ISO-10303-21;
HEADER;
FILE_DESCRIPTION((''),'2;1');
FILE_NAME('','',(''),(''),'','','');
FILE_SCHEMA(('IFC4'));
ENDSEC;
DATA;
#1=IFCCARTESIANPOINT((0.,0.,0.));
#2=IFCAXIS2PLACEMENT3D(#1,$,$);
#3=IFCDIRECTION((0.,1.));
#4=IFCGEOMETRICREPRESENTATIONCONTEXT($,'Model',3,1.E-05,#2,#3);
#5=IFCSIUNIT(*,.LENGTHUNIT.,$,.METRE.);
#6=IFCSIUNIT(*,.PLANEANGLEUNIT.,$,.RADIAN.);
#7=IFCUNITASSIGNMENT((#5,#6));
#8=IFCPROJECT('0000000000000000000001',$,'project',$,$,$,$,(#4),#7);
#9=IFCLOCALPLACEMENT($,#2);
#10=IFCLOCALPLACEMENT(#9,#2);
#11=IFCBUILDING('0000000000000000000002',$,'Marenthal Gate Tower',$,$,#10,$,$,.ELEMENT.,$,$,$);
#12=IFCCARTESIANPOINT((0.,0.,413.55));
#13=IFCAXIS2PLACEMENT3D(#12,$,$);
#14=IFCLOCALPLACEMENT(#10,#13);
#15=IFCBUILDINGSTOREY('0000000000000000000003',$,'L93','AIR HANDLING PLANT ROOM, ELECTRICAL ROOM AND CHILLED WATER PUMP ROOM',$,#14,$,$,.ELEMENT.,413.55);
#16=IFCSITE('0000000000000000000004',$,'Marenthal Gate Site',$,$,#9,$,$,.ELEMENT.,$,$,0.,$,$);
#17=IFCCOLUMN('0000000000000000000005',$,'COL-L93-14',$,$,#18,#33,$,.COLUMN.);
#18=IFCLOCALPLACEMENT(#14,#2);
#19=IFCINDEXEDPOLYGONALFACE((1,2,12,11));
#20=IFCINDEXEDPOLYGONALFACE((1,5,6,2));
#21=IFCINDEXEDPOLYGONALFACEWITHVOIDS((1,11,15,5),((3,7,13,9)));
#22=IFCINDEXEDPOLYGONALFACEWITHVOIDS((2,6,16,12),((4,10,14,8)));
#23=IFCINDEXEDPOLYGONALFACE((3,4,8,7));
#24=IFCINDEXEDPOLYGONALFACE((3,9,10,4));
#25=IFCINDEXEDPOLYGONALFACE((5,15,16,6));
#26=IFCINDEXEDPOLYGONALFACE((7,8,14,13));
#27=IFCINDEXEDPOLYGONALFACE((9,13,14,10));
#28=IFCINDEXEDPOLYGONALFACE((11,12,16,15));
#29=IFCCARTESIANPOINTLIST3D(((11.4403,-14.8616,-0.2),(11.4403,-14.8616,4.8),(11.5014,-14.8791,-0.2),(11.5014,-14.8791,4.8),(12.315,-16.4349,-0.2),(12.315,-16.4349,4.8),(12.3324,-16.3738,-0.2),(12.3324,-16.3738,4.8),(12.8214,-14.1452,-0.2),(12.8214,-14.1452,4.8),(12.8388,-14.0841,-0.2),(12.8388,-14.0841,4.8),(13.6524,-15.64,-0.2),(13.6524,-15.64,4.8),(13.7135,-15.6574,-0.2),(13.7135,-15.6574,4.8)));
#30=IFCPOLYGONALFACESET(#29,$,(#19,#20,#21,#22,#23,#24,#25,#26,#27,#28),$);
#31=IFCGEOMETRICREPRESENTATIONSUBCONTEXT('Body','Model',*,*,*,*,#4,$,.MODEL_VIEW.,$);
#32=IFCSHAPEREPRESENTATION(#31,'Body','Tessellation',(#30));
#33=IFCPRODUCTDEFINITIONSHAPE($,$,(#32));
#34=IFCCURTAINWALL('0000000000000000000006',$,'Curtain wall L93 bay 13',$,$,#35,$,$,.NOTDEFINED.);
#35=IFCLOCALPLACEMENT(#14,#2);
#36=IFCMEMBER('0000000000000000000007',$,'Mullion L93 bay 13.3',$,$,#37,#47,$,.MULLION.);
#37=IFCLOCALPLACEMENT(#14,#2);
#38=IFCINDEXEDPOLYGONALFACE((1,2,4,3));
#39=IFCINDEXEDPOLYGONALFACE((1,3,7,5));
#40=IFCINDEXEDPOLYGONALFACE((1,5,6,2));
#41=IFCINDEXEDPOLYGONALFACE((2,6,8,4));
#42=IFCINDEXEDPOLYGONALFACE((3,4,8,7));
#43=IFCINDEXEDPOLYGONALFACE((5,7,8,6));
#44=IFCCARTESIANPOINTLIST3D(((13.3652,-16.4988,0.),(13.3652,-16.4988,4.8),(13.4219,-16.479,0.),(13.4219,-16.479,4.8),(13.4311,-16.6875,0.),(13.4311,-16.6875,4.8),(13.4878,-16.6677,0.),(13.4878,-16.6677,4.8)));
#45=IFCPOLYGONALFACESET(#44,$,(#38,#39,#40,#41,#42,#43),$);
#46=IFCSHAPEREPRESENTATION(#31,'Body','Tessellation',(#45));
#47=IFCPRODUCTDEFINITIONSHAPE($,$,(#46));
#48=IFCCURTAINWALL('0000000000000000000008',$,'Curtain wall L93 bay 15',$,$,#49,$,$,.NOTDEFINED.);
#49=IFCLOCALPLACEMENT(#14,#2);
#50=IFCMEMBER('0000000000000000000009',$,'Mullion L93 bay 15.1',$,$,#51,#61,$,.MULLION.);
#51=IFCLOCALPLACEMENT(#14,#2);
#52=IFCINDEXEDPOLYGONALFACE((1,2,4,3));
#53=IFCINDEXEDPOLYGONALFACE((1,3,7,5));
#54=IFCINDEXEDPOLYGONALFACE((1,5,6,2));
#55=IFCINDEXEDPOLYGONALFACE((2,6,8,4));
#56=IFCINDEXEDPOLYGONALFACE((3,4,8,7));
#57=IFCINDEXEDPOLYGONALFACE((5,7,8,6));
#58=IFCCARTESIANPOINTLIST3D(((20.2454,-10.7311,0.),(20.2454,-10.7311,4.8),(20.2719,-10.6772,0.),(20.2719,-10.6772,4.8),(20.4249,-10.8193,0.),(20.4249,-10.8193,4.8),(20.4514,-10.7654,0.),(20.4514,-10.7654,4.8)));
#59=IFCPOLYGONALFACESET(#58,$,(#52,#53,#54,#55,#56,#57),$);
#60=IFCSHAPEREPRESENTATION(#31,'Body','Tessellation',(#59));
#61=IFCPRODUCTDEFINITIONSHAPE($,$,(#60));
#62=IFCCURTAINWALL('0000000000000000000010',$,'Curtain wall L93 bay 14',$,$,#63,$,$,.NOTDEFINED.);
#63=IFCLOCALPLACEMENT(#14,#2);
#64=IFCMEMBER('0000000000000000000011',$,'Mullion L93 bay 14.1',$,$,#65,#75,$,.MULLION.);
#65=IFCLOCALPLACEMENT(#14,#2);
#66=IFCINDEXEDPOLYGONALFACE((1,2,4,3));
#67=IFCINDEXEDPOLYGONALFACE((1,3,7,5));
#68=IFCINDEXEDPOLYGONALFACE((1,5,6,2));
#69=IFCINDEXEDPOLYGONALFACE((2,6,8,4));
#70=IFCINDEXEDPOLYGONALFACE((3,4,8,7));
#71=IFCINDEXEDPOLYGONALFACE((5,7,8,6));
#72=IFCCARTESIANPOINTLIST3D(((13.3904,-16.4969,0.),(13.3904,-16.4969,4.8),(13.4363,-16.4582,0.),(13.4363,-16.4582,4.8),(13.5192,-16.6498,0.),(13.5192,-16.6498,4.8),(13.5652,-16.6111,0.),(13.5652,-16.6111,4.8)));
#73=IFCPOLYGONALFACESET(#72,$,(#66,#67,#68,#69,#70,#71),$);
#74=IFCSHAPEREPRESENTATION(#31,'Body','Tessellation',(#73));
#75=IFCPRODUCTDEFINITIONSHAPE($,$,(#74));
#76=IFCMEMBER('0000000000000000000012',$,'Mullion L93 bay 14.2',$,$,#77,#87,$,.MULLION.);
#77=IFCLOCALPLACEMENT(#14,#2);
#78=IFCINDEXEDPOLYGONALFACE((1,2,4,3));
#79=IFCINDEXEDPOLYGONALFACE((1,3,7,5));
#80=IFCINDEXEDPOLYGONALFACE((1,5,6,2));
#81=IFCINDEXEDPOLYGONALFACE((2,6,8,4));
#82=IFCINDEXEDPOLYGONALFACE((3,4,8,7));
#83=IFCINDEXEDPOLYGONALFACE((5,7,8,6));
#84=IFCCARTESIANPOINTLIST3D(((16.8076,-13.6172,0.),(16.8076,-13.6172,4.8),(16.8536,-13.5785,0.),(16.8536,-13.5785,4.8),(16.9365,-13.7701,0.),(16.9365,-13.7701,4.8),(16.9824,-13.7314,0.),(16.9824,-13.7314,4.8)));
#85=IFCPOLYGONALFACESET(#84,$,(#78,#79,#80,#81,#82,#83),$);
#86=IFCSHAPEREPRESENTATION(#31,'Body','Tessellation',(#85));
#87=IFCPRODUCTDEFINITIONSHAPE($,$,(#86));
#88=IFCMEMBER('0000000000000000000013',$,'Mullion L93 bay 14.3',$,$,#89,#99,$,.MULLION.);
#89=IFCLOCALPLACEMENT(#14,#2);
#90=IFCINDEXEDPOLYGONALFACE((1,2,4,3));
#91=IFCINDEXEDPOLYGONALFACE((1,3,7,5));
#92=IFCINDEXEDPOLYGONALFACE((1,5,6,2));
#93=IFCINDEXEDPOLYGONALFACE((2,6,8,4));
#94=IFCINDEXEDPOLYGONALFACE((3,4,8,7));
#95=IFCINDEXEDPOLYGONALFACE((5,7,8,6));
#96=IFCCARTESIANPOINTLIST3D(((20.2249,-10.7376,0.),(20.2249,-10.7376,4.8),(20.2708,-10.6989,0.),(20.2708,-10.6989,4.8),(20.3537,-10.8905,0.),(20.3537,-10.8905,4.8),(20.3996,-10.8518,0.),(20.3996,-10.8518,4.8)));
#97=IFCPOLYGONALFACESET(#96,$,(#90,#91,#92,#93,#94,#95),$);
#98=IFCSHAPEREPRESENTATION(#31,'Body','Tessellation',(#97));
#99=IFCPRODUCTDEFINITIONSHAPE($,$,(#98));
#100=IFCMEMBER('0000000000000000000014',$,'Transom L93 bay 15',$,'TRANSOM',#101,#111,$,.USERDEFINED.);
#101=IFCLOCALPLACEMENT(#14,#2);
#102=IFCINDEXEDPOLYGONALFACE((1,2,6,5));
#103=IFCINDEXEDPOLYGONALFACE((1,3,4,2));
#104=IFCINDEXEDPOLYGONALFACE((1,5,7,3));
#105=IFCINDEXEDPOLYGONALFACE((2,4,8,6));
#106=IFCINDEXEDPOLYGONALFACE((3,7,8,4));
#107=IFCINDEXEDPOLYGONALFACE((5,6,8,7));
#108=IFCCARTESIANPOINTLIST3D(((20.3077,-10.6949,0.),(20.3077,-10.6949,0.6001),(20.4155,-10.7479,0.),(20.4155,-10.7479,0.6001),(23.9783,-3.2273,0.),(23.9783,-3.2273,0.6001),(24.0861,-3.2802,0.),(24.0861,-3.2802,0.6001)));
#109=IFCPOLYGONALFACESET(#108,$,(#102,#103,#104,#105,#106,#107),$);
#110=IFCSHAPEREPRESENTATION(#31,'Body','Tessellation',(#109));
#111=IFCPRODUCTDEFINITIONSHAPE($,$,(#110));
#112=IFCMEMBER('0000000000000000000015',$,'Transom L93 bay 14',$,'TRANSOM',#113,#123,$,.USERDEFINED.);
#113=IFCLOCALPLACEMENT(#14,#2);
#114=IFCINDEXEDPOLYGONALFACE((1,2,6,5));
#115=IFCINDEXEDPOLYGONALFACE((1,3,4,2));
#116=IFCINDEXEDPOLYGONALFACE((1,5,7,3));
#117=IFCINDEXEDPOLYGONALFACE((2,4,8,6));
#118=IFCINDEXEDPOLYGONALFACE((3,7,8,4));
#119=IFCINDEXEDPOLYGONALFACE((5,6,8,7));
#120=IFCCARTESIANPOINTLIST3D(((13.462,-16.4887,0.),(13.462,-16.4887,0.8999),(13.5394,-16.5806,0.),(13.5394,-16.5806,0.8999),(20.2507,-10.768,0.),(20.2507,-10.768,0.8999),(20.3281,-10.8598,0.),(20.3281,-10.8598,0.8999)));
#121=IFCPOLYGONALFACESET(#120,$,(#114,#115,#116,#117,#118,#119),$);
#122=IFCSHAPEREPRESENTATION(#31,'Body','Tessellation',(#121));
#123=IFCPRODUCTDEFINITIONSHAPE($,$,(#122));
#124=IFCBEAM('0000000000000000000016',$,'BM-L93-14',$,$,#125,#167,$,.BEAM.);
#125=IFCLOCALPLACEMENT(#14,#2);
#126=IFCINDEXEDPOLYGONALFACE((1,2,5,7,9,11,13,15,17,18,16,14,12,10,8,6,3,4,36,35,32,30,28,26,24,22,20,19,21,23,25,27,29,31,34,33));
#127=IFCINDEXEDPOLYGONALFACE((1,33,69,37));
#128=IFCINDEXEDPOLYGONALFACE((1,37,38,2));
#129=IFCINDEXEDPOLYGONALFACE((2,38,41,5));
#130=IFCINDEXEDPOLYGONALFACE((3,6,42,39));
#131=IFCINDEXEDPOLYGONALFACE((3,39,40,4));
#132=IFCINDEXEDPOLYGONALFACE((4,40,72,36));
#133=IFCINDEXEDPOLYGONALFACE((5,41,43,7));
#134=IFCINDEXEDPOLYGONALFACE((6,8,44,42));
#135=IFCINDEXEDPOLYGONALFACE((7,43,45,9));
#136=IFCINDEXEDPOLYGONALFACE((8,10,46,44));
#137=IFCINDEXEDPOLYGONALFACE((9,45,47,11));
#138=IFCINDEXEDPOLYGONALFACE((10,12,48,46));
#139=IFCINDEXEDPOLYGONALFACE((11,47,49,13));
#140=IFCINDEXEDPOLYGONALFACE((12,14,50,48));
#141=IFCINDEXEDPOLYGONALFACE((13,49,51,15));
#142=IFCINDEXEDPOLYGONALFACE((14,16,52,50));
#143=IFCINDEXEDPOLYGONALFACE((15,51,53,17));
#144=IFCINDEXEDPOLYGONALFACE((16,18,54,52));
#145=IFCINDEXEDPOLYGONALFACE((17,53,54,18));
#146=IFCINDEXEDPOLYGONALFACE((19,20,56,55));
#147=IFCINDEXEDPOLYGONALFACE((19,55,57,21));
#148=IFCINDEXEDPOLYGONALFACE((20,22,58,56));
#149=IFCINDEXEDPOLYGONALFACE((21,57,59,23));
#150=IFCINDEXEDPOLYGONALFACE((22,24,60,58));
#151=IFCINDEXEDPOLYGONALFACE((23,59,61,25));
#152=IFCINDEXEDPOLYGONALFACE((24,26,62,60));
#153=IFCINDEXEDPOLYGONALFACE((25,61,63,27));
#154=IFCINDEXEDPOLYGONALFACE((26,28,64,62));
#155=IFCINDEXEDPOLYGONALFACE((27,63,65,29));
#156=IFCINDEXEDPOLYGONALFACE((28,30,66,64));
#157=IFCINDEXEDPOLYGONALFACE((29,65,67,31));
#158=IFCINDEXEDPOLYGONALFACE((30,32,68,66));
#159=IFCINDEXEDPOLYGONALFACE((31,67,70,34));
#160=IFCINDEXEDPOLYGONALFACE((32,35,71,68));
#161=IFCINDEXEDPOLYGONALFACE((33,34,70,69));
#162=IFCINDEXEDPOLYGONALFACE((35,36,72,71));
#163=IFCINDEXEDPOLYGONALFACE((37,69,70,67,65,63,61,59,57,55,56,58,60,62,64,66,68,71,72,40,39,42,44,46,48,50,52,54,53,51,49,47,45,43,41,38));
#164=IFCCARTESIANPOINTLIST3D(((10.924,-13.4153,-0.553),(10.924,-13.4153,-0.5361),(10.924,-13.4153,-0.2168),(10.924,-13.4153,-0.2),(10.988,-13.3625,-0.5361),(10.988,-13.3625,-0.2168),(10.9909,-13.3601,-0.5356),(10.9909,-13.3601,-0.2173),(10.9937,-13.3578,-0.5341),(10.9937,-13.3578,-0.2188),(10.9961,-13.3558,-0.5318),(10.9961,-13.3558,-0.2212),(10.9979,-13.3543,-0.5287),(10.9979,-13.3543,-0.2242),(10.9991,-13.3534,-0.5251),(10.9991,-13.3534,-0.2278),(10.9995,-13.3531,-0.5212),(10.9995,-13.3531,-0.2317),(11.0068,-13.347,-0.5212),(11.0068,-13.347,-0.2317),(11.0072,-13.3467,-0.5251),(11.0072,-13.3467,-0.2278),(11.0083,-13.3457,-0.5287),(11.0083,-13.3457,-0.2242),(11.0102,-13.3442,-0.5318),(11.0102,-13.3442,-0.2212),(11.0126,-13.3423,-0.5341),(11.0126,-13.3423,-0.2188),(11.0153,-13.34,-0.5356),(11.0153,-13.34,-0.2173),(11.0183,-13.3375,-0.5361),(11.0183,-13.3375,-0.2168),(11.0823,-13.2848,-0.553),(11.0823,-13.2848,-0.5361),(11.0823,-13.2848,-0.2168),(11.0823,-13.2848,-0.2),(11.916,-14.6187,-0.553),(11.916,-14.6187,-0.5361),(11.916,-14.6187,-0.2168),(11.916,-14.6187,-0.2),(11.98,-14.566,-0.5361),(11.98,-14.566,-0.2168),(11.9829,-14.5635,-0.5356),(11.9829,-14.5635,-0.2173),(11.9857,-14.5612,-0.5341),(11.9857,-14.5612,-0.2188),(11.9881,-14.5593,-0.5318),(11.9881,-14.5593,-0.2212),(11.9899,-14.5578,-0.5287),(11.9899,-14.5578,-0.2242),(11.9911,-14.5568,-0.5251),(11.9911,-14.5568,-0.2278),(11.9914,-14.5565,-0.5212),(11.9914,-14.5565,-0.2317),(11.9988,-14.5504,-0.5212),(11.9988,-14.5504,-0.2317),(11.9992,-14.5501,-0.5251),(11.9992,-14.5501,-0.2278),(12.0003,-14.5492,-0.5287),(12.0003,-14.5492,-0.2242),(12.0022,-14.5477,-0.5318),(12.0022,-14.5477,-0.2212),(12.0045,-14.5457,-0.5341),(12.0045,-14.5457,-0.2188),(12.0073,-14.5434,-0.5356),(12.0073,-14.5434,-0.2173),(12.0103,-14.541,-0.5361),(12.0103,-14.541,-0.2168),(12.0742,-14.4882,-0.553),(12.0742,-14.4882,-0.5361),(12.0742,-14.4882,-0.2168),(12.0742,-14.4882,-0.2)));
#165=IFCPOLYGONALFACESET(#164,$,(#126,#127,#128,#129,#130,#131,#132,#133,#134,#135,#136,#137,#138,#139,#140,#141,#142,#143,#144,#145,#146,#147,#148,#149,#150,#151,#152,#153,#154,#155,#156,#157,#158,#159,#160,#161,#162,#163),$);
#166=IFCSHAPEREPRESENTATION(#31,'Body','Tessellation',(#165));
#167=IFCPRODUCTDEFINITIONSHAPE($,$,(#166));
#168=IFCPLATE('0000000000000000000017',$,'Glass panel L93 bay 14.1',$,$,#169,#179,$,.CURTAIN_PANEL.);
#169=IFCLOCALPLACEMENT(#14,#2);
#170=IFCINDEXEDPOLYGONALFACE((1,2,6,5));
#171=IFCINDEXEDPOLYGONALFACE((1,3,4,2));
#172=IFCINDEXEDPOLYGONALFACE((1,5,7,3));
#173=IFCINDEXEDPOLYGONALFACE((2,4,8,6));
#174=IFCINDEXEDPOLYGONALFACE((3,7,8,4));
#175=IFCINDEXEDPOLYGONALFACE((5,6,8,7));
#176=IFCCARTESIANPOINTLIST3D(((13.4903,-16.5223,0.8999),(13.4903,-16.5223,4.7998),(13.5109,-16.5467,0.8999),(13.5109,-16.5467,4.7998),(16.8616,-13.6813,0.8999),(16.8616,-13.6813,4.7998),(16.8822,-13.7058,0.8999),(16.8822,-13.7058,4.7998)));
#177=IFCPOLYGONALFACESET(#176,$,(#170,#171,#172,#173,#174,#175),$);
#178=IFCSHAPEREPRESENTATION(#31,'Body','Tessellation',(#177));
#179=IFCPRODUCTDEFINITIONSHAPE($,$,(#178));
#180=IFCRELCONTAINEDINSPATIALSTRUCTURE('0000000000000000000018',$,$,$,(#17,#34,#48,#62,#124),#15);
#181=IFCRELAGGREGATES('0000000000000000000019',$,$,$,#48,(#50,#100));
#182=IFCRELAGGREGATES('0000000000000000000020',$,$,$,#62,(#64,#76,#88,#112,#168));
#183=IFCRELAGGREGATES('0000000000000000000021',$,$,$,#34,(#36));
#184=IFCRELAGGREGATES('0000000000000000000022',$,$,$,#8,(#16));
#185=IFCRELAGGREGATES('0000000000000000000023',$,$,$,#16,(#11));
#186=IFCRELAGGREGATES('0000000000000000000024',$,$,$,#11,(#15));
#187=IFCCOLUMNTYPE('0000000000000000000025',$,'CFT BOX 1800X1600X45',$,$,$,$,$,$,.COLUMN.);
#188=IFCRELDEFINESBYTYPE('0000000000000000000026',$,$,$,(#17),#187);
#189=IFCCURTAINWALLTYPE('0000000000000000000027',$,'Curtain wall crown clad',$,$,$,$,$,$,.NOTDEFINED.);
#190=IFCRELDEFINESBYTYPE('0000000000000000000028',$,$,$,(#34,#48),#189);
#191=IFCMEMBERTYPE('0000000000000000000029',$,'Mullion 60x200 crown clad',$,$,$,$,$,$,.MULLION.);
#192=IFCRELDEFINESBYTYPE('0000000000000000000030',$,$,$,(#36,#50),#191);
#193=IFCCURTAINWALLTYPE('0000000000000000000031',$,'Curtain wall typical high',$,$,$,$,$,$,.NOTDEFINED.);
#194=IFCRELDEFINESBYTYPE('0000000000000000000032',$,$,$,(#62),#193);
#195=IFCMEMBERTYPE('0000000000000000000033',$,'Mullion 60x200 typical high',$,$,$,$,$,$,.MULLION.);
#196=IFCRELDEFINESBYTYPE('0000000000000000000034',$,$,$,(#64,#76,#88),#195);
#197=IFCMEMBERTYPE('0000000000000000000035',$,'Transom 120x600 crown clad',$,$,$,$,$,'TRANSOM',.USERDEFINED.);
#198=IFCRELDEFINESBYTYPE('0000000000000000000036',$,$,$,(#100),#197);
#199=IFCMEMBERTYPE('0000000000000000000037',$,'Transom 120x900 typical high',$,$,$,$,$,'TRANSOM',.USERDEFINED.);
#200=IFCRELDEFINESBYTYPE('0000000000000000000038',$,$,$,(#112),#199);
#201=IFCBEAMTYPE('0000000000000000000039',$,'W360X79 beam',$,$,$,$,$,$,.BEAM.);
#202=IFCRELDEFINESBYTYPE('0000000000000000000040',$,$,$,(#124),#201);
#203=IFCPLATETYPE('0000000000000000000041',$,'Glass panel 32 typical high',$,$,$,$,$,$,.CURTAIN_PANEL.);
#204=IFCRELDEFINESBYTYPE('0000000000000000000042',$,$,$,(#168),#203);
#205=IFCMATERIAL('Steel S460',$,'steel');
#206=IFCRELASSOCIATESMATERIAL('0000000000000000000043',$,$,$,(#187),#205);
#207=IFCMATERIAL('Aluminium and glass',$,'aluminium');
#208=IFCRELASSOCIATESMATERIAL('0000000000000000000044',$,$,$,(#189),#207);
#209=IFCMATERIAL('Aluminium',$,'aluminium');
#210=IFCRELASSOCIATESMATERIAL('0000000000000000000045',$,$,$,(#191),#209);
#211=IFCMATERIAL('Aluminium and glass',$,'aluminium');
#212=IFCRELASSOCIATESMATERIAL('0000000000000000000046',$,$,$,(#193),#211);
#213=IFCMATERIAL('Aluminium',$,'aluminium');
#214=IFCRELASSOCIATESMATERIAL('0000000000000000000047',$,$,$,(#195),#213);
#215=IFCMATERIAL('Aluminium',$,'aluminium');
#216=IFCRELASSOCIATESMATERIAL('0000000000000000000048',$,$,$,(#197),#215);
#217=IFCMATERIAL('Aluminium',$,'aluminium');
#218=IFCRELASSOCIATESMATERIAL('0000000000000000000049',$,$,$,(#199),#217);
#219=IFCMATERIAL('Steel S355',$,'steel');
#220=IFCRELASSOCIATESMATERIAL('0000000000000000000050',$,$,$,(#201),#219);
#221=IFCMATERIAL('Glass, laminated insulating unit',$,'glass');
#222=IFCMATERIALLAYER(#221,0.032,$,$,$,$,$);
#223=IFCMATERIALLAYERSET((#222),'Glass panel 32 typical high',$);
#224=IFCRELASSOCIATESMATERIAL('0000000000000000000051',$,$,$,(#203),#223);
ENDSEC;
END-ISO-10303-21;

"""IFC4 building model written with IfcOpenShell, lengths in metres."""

from ifc_helpers import new_model, si_unit, direction, frame, origin, origin_2d, place, context, subcontext, project, spatial, rectangle, hollow_rectangle, i_section, extrude, material, layer, layer_set, material_profile, profile_set, type_object, element, aggregate, save


model = new_model("IFC4")

# Units and contexts
model_context = context("Model", 3, precision=1e-05, world=origin(), true_north=direction((0.0, 1.0)))
body_context = subcontext(model_context, "Body", "Model", "MODEL_VIEW")
ifc_project = project(units=[si_unit("LENGTHUNIT", "METRE"), si_unit("PLANEANGLEUNIT", "RADIAN")], contexts=[model_context])

# Site, building, storey
site_placement = place(None, origin())
site = spatial("IfcSite", under=ifc_project, at=site_placement, Name="Marenthal Gate Site", CompositionType="ELEMENT", RefElevation=0.0)
building_placement = place(site_placement, origin())
building = spatial("IfcBuilding", under=site, at=building_placement, Name="Marenthal Gate Tower", CompositionType="ELEMENT")
storey_placement = place(building_placement, frame((0.0, 0.0, 413.55)))
storey = spatial("IfcBuildingStorey", under=building, at=storey_placement, Name="L93", Description="AIR HANDLING PLANT ROOM, ELECTRICAL ROOM AND CHILLED WATER PUMP ROOM", CompositionType="ELEMENT", Elevation=413.55)

# Column
ifc_material_1 = material(Name="Steel S460", Category="steel")
ifc_material_profile_1 = material_profile(ifc_material_1, hollow_rectangle(XDim=1.6001, YDim=1.8, WallThickness=0.0449, at=origin_2d()), Name="CFT BOX 1800X1600X45")
ifc_material_2 = material(Name="Concrete 70 MPa", Category="concrete")
ifc_material_profile_2 = material_profile(ifc_material_2, rectangle(XDim=1.51, YDim=1.71, at=origin_2d()), Name="CFT BOX 1800X1600X45 INFILL")
ifc_profile_set_1 = profile_set([ifc_material_profile_1, ifc_material_profile_2], Name="Steel S460 shell, Concrete 70 MPa infill")
column_type = type_object("IfcColumnType", Name="CFT BOX 1800X1600X45", PredefinedType="COLUMN", material=ifc_profile_set_1)
column_placement = place(storey_placement, frame((12.5769, -15.2595, -0.2), z_axis=(0.0, 0.0, 1.0), x_axis=(-0.874008, -0.485911, 0.0)))
element("IfcColumn", 1, at=column_placement, inside=storey, type_object=column_type, Name="COL-L93-14", PredefinedType="COLUMN", context=body_context, shape_type="SweptSolid", body=[
    extrude(hollow_rectangle(XDim=1.6001, YDim=1.8, WallThickness=0.0449, at=origin_2d()), origin(), (0.0, 0.0, 1.0), 5.0),
])

# Curtain walls, members
ifc_material_3 = material(Name="Aluminium and glass", Category="aluminium")
curtain_wall_type_1 = type_object("IfcCurtainWallType", Name="Curtain wall crown clad", PredefinedType="NOTDEFINED", material=ifc_material_3)
curtain_wall_1_placement = place(storey_placement, origin())
curtain_wall_1 = element("IfcCurtainWall", 2, at=curtain_wall_1_placement, inside=storey, type_object=curtain_wall_type_1, Name="Curtain wall L93 bay 13", PredefinedType="NOTDEFINED")
ifc_material_4 = material(Name="Aluminium", Category="aluminium")
ifc_material_profile_3 = material_profile(ifc_material_4, rectangle(XDim=0.2, YDim=0.0601, at=origin_2d()), Name="60x200 aluminium mullion")
ifc_profile_set_2 = profile_set([ifc_material_profile_3], Name="Aluminium")
member_type_1 = type_object("IfcMemberType", Name="Mullion 60x200 crown clad", PredefinedType="MULLION", material=ifc_profile_set_2)
member_1_placement = place(storey_placement, frame((13.4265, -16.5833, 0.0), z_axis=(0.0, 0.0, 1.0), x_axis=(-0.329559, 0.944135, 0.0)))
member_1 = element("IfcMember", 3, at=member_1_placement, type_object=member_type_1, Name="Mullion L93 bay 13.3", PredefinedType="MULLION", context=body_context, shape_type="SweptSolid", body=[
    extrude(rectangle(XDim=0.2, YDim=0.0601, at=origin_2d()), origin(), (0.0, 0.0, 1.0), 4.8),
])
curtain_wall_2_placement = place(storey_placement, origin())
curtain_wall_2 = element("IfcCurtainWall", 4, at=curtain_wall_2_placement, inside=storey, type_object=curtain_wall_type_1, Name="Curtain wall L93 bay 15", PredefinedType="NOTDEFINED")
member_2_placement = place(storey_placement, frame((20.3484, -10.7483, 0.0), z_axis=(0.0, 0.0, 1.0), x_axis=(-0.897446, 0.441124, 0.0)))
member_2 = element("IfcMember", 5, at=member_2_placement, type_object=member_type_1, Name="Mullion L93 bay 15.1", PredefinedType="MULLION", context=body_context, shape_type="SweptSolid", body=[
    extrude(rectangle(XDim=0.2, YDim=0.0601, at=origin_2d()), origin(), (0.0, 0.0, 1.0), 4.8),
])

# Curtain wall, members
ifc_material_5 = material(Name="Aluminium and glass", Category="aluminium")
curtain_wall_type_2 = type_object("IfcCurtainWallType", Name="Curtain wall typical high", PredefinedType="NOTDEFINED", material=ifc_material_5)
curtain_wall_3_placement = place(storey_placement, origin())
curtain_wall_3 = element("IfcCurtainWall", 6, at=curtain_wall_3_placement, inside=storey, type_object=curtain_wall_type_2, Name="Curtain wall L93 bay 14", PredefinedType="NOTDEFINED")
ifc_material_6 = material(Name="Aluminium", Category="aluminium")
ifc_material_profile_4 = material_profile(ifc_material_6, rectangle(XDim=0.2, YDim=0.0601, at=origin_2d()), Name="60x200 aluminium mullion")
ifc_profile_set_3 = profile_set([ifc_material_profile_4], Name="Aluminium")
member_type_2 = type_object("IfcMemberType", Name="Mullion 60x200 typical high", PredefinedType="MULLION", material=ifc_profile_set_3)
member_3_placement = place(storey_placement, frame((13.4778, -16.554, 0.0), z_axis=(0.0, 0.0, 1.0), x_axis=(-0.644394, 0.764693, 0.0)))
member_3 = element("IfcMember", 7, at=member_3_placement, type_object=member_type_2, Name="Mullion L93 bay 14.1", PredefinedType="MULLION", context=body_context, shape_type="SweptSolid", body=[
    extrude(rectangle(XDim=0.2, YDim=0.0601, at=origin_2d()), origin(), (0.0, 0.0, 1.0), 4.8),
])
member_4_placement = place(storey_placement, frame((16.895, -13.6743, 0.0), z_axis=(0.0, 0.0, 1.0), x_axis=(-0.644394, 0.764693, 0.0)))
member_4 = element("IfcMember", 8, at=member_4_placement, type_object=member_type_2, Name="Mullion L93 bay 14.2", PredefinedType="MULLION", context=body_context, shape_type="SweptSolid", body=[
    extrude(rectangle(XDim=0.2, YDim=0.0601, at=origin_2d()), origin(), (0.0, 0.0, 1.0), 4.8),
])
member_5_placement = place(storey_placement, frame((20.3123, -10.7947, 0.0), z_axis=(0.0, 0.0, 1.0), x_axis=(-0.644394, 0.764693, 0.0)))
member_5 = element("IfcMember", 9, at=member_5_placement, type_object=member_type_2, Name="Mullion L93 bay 14.3", PredefinedType="MULLION", context=body_context, shape_type="SweptSolid", body=[
    extrude(rectangle(XDim=0.2, YDim=0.0601, at=origin_2d()), origin(), (0.0, 0.0, 1.0), 4.8),
])

# Members
ifc_material_7 = material(Name="Aluminium", Category="aluminium")
ifc_material_profile_5 = material_profile(ifc_material_7, rectangle(XDim=0.1201, YDim=0.6001, at=origin_2d()), Name="120x600 aluminium transom")
ifc_profile_set_4 = profile_set([ifc_material_profile_5], Name="Aluminium")
member_type_3 = type_object("IfcMemberType", Name="Transom 120x600 crown clad", ElementType="TRANSOM", PredefinedType="USERDEFINED", material=ifc_profile_set_4)
member_6_placement = place(storey_placement, frame((20.3616, -10.7214, 0.3), z_axis=(0.441124, 0.897446, 0.0), x_axis=(-0.897446, 0.441124, 0.0)))
member_6 = element("IfcMember", 10, at=member_6_placement, type_object=member_type_3, Name="Transom L93 bay 15", ObjectType="TRANSOM", PredefinedType="USERDEFINED", context=body_context, shape_type="SweptSolid", body=[
    extrude(rectangle(XDim=0.1201, YDim=0.6001, at=origin_2d()), origin(), (0.0, 0.0, 1.0), 8.321),
])
aggregate(curtain_wall_2, [member_2, member_6])
ifc_material_8 = material(Name="Aluminium", Category="aluminium")
ifc_material_profile_6 = material_profile(ifc_material_8, rectangle(XDim=0.1201, YDim=0.8999, at=origin_2d()), Name="120x900 aluminium transom")
ifc_profile_set_5 = profile_set([ifc_material_profile_6], Name="Aluminium")
member_type_4 = type_object("IfcMemberType", Name="Transom 120x900 typical high", ElementType="TRANSOM", PredefinedType="USERDEFINED", material=ifc_profile_set_5)
member_7_placement = place(storey_placement, frame((13.5007, -16.5347, 0.45), z_axis=(0.764689, 0.6444, 0.0), x_axis=(-0.6444, 0.764689, 0.0)))
member_7 = element("IfcMember", 11, at=member_7_placement, type_object=member_type_4, Name="Transom L93 bay 14", ObjectType="TRANSOM", PredefinedType="USERDEFINED", context=body_context, shape_type="SweptSolid", body=[
    extrude(rectangle(XDim=0.1201, YDim=0.8999, at=origin_2d()), origin(), (0.0, 0.0, 1.0), 8.8777),
])

# Beam
ifc_material_9 = material(Name="Steel S355", Category="steel")
ifc_material_profile_7 = material_profile(ifc_material_9, i_section(OverallWidth=0.2051, OverallDepth=0.353, WebThickness=0.0095, FlangeThickness=0.0168, FilletRadius=0.0149, at=origin_2d()), Name="W360X79")
ifc_profile_set_6 = profile_set([ifc_material_profile_7], Name="Steel S355")
beam_type = type_object("IfcBeamType", Name="W360X79 beam", PredefinedType="BEAM", material=ifc_profile_set_6)
beam_placement = place(storey_placement, frame((11.9951, -14.5535, -0.3765), z_axis=(-0.636064, 0.771636, 0.0), x_axis=(-0.771636, -0.636064, 0.0)))
element("IfcBeam", 12, at=beam_placement, inside=storey, type_object=beam_type, Name="BM-L93-14", PredefinedType="BEAM", context=body_context, shape_type="SweptSolid", body=[
    extrude(i_section(OverallWidth=0.2051, OverallDepth=0.353, WebThickness=0.0095, FlangeThickness=0.0168, FilletRadius=0.0149, at=origin_2d()), origin(), (0.0, 0.0, 1.0), 1.5596),
])

# Plate
ifc_material_10 = material(Name="Glass, laminated insulating unit", Category="glass")
ifc_layer_1 = layer(ifc_material_10, 0.032)
ifc_layer_set_1 = layer_set([ifc_layer_1], Name="Glass panel 32 typical high")
plate_type_1 = type_object("IfcPlateType", Name="Glass panel 32 typical high", PredefinedType="CURTAIN_PANEL", material=ifc_layer_set_1)
plate_1_placement = place(storey_placement, frame((15.1863, -15.114, 0.8999), z_axis=(0.0, 0.0, 1.0), x_axis=(0.764693, 0.644394, 0.0)))
plate_1 = element("IfcPlate", 13, at=plate_1_placement, type_object=plate_type_1, Name="Glass panel L93 bay 14.1", PredefinedType="CURTAIN_PANEL", context=body_context, shape_type="SweptSolid", body=[
    extrude(rectangle(XDim=4.4087, YDim=0.032, at=origin_2d()), origin(), (0.0, 0.0, 1.0), 3.8999),
])
aggregate(curtain_wall_3, [member_3, member_4, member_5, member_7, plate_1])
aggregate(curtain_wall_1, [member_1])

save(model, "model.ifc")
